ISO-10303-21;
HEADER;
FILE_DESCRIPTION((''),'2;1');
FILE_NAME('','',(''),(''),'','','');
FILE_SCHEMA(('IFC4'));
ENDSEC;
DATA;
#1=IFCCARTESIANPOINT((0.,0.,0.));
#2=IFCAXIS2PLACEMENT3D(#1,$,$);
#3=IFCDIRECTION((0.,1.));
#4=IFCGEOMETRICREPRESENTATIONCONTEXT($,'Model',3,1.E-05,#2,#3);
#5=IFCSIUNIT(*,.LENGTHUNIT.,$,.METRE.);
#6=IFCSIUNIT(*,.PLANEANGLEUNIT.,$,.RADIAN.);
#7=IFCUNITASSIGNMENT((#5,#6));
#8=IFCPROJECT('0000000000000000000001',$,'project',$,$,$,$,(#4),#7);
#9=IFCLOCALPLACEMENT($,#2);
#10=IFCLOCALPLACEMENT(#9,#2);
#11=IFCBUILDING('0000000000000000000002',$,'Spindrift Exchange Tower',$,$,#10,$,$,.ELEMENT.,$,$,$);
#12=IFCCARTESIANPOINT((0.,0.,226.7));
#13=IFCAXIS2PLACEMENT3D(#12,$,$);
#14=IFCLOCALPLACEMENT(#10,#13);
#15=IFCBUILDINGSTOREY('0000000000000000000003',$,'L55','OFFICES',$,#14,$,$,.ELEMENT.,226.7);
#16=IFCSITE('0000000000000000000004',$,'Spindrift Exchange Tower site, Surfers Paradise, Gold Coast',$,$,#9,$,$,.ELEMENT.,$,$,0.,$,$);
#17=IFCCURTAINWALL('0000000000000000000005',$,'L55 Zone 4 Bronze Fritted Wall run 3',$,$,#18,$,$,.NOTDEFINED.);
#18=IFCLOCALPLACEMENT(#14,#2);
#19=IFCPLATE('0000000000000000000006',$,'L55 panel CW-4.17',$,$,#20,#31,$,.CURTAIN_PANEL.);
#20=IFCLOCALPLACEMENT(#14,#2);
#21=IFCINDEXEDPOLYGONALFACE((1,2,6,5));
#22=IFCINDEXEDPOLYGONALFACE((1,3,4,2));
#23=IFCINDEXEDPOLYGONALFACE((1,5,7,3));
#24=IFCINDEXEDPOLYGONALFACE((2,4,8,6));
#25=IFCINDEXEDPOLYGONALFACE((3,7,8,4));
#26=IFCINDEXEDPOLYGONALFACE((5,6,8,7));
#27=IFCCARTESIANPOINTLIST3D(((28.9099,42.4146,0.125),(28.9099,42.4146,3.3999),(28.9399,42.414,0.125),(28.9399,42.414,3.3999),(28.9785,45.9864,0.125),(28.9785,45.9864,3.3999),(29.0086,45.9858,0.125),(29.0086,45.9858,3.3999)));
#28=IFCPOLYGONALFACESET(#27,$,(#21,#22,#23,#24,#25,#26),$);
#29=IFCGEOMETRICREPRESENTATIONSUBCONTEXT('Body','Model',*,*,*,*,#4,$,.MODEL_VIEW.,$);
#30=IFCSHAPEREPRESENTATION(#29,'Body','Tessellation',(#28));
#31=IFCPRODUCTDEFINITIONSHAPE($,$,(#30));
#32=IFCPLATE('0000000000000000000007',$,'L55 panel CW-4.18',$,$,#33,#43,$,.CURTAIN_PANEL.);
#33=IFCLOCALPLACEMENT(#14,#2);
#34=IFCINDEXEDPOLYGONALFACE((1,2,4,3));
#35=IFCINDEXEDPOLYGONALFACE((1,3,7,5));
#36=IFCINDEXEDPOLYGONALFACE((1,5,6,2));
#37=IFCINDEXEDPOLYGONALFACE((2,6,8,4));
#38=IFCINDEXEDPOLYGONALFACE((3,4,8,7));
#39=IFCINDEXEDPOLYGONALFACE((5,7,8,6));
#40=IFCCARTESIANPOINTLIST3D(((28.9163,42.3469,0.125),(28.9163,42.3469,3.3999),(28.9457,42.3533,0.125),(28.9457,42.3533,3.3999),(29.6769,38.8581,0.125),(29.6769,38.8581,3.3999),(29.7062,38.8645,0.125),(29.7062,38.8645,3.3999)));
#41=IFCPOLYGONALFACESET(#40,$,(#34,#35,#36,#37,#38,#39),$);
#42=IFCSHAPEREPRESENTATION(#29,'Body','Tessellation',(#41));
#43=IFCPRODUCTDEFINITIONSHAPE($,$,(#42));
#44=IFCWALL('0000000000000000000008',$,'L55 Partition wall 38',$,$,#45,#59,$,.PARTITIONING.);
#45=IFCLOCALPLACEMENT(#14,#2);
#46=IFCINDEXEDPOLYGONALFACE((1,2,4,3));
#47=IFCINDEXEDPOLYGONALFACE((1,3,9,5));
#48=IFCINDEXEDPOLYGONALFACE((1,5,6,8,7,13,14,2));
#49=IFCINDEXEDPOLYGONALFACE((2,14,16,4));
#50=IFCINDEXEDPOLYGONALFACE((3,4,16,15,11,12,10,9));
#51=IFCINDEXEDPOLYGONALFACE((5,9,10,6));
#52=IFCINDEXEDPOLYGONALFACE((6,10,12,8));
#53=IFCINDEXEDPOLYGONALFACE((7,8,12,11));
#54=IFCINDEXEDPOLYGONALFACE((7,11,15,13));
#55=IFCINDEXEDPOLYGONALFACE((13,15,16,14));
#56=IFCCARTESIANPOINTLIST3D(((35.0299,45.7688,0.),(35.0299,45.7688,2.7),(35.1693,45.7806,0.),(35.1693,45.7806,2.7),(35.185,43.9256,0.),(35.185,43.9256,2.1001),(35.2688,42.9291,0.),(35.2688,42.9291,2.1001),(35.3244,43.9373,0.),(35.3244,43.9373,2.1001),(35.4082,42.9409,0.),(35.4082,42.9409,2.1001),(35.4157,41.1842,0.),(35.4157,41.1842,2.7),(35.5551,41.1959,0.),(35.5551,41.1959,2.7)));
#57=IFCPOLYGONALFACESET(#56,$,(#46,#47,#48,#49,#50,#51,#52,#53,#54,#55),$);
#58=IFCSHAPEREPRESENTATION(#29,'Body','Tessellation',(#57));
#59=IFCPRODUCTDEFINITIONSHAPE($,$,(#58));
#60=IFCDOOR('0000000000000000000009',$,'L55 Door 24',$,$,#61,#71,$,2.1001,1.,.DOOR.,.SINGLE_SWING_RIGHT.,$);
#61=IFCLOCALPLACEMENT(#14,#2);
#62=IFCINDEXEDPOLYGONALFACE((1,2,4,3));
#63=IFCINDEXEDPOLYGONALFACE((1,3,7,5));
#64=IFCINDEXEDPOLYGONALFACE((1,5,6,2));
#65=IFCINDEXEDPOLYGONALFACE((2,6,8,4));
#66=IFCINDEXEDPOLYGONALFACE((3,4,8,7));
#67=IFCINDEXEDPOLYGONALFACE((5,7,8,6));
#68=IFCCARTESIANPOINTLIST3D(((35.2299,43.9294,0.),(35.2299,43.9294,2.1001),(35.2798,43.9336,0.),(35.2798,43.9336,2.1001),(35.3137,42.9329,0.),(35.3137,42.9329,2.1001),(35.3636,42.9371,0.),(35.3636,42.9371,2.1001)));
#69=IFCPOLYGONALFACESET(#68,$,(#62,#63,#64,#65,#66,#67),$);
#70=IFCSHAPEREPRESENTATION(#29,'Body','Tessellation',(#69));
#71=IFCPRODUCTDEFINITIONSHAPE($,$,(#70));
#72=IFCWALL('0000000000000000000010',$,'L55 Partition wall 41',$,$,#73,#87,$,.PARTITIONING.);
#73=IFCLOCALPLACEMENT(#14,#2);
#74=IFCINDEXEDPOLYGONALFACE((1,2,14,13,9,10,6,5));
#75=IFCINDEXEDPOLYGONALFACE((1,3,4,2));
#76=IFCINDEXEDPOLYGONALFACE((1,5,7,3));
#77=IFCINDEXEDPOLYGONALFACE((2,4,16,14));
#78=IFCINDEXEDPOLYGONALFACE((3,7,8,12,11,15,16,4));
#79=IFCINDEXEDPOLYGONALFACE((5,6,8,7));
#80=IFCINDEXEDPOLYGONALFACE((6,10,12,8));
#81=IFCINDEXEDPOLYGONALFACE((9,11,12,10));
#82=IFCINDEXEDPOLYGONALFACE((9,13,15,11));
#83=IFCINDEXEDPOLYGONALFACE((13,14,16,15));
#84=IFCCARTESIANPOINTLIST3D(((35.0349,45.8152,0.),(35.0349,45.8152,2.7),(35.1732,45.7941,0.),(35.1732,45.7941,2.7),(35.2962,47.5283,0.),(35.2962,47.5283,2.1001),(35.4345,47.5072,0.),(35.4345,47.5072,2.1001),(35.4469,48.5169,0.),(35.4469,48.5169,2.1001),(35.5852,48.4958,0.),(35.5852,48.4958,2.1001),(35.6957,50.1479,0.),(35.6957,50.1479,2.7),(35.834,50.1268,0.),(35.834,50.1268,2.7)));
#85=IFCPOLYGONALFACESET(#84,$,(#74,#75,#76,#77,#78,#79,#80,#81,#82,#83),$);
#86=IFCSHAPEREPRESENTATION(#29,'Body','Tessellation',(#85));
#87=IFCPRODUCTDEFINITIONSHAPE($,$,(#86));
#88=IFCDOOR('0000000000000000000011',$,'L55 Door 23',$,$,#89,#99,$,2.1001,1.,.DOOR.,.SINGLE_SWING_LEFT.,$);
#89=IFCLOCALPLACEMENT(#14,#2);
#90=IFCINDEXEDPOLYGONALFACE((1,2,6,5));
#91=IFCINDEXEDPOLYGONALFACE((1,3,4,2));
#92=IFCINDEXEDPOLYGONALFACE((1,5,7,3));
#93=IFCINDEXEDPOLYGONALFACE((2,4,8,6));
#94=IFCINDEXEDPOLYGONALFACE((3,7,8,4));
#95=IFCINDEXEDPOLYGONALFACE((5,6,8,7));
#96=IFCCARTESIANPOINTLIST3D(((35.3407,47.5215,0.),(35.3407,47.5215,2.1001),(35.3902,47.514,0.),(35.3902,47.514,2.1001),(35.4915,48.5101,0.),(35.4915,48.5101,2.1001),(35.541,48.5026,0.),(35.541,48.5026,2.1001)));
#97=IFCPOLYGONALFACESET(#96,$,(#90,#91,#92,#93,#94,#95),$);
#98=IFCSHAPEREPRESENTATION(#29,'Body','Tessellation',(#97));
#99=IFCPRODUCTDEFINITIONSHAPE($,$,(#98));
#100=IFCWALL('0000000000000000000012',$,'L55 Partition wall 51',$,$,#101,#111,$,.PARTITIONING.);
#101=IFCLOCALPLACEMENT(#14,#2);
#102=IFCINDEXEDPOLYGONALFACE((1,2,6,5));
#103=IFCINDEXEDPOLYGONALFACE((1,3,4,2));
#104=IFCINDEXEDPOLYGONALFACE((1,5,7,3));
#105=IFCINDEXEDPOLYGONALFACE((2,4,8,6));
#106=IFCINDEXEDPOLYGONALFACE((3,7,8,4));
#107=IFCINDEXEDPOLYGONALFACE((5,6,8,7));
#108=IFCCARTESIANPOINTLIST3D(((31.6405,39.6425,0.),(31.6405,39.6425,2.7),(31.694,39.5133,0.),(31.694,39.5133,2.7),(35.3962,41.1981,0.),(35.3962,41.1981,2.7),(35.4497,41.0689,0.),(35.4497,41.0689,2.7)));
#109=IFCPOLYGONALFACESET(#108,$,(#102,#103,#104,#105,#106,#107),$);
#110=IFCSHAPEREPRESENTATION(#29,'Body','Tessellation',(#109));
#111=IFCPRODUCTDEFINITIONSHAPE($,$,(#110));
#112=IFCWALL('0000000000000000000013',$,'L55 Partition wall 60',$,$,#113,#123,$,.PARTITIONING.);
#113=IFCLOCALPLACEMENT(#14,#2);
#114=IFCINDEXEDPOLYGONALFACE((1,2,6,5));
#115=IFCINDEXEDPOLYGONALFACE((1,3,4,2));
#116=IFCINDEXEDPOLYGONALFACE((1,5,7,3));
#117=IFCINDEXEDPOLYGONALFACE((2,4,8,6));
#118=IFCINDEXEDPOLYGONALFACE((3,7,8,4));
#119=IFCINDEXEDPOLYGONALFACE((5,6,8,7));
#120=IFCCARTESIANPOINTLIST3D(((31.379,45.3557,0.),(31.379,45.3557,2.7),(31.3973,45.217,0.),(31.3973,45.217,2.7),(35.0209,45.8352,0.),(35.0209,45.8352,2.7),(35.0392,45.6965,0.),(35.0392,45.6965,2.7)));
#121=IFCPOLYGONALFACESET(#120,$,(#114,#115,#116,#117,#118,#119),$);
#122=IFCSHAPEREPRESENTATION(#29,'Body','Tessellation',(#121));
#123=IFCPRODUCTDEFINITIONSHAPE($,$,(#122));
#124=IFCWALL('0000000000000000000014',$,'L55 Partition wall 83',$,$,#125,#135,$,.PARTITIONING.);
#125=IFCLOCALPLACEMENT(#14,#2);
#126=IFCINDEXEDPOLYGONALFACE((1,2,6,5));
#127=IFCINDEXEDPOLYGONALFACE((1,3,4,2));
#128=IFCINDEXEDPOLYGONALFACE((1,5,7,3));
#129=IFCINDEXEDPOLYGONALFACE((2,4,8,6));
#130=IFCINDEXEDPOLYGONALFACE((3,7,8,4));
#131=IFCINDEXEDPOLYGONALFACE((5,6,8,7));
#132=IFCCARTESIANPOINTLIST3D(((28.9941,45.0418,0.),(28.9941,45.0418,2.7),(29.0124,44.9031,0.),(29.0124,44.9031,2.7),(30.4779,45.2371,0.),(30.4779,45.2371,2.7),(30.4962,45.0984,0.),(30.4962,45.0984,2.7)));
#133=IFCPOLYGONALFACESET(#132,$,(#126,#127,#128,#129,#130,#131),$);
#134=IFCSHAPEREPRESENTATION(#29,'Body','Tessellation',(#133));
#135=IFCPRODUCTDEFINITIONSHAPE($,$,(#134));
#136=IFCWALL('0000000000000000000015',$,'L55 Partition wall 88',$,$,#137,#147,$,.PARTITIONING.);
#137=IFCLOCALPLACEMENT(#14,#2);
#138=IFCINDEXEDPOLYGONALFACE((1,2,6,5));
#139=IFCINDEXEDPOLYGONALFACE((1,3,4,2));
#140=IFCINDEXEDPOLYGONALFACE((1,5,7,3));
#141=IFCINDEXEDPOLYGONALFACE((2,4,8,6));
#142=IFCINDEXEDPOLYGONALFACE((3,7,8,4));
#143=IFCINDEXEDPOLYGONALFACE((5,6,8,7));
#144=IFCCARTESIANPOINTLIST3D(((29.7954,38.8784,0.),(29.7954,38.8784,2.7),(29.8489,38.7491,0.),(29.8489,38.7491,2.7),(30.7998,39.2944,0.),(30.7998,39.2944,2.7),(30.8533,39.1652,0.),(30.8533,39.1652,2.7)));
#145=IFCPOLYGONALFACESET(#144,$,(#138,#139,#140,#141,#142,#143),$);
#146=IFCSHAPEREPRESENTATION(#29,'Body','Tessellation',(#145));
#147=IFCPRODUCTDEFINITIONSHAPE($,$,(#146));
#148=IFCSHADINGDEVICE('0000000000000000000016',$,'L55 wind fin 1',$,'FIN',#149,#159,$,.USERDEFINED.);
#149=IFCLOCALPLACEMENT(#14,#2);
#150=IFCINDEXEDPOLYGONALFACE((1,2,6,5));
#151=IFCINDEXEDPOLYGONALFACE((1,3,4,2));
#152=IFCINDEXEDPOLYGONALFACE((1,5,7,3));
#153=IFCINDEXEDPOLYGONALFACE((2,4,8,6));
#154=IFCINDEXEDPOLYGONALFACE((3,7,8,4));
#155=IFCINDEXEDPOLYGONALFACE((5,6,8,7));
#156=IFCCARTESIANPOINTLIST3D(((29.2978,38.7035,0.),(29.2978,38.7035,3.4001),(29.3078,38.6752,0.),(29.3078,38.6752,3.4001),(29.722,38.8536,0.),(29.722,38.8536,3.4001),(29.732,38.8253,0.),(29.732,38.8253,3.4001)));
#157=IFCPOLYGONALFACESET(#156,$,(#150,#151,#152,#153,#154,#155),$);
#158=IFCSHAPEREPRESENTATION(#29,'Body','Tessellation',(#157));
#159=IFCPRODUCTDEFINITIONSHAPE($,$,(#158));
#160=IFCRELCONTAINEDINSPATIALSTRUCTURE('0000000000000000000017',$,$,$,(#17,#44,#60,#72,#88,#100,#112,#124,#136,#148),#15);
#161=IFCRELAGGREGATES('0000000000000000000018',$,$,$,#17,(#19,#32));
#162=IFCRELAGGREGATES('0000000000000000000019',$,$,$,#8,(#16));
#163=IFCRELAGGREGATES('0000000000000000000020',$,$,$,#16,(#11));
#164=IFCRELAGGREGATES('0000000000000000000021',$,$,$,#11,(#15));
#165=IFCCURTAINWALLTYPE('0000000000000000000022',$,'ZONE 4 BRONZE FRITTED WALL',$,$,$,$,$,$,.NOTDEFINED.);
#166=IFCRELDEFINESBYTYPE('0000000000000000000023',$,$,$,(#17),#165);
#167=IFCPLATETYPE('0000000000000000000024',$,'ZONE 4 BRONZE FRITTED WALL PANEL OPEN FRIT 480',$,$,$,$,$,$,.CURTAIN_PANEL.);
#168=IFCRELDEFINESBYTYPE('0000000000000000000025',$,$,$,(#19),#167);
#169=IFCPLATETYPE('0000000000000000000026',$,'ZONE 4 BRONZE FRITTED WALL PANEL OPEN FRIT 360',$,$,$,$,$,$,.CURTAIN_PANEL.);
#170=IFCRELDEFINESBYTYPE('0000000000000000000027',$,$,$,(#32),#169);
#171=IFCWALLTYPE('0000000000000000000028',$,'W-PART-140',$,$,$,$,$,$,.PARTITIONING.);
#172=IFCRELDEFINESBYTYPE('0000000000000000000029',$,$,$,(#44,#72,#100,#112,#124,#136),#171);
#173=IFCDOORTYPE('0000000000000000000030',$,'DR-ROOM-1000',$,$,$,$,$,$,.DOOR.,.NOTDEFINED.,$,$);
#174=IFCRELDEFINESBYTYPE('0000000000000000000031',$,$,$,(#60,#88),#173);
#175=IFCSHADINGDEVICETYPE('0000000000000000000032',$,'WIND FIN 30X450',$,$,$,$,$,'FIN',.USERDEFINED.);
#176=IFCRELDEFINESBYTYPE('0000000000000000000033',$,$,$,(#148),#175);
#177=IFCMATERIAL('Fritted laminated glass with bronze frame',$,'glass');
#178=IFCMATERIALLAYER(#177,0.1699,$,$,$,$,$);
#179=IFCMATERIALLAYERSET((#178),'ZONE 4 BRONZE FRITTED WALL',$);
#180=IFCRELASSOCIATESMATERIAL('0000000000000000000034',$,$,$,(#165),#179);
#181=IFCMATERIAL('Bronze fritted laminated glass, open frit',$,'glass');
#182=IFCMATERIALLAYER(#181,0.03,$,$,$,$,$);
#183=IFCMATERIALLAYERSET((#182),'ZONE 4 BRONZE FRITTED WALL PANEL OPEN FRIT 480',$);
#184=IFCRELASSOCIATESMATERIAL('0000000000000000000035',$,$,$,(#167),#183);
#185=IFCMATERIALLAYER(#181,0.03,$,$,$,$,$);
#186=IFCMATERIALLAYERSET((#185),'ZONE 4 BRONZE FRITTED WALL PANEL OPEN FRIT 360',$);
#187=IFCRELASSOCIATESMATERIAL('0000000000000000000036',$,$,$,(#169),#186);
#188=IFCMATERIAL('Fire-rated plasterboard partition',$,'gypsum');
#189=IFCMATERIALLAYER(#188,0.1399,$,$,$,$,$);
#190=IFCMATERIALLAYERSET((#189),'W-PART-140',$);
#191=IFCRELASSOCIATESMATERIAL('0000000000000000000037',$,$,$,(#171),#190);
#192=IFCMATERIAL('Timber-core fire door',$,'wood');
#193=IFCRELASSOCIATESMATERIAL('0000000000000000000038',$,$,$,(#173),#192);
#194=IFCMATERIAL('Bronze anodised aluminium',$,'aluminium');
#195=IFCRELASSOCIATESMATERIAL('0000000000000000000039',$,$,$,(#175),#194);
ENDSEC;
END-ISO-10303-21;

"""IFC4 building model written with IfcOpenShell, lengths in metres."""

from ifc_helpers import new_model, si_unit, direction, frame, frame_2d, origin, origin_2d, place, context, subcontext, project, spatial, rectangle, extrude, source, transform, mapped, material, layer, layer_set, material_profile, profile_set, type_object, element, fill, aggregate, save


model = new_model("IFC4")

# Units and contexts
model_context = context("Model", 3, precision=1e-05, world=origin(), true_north=direction((0.0, 1.0)))
body_context = subcontext(model_context, "Body", "Model", "MODEL_VIEW")
ifc_project = project(units=[si_unit("LENGTHUNIT", "METRE"), si_unit("PLANEANGLEUNIT", "RADIAN")], contexts=[model_context])

# Site, building, storey
site_placement = place(None, origin())
site = spatial("IfcSite", under=ifc_project, at=site_placement, Name="Spindrift Exchange Tower site, Surfers Paradise, Gold Coast", CompositionType="ELEMENT", RefElevation=0.0)
building_placement = place(site_placement, origin())
building = spatial("IfcBuilding", under=site, at=building_placement, Name="Spindrift Exchange Tower", CompositionType="ELEMENT")
storey_placement = place(building_placement, frame((0.0, 0.0, 226.7)))
storey = spatial("IfcBuildingStorey", under=building, at=storey_placement, Name="L55", Description="OFFICES", CompositionType="ELEMENT", Elevation=226.7)

# Curtain wall
ifc_material_1 = material(Name="Fritted laminated glass with bronze frame", Category="glass")
ifc_layer_1 = layer(ifc_material_1, 0.1699)
ifc_layer_set_1 = layer_set([ifc_layer_1], Name="ZONE 4 BRONZE FRITTED WALL")
curtain_wall_type = type_object("IfcCurtainWallType", Name="ZONE 4 BRONZE FRITTED WALL", PredefinedType="NOTDEFINED", material=ifc_layer_set_1)
curtain_wall_1_placement = place(storey_placement, origin())
curtain_wall_1 = element("IfcCurtainWall", 1, at=curtain_wall_1_placement, inside=storey, type_object=curtain_wall_type, Name="L55 Zone 4 Bronze Fritted Wall run 3", PredefinedType="NOTDEFINED")
ifc_material_2 = material(Name="Bronze anodised aluminium", Category="aluminium")

# Plates
ifc_material_3 = material(Name="Bronze fritted laminated glass, open frit", Category="glass")
ifc_layer_2 = layer(ifc_material_3, 0.03)
ifc_layer_set_2 = layer_set([ifc_layer_2], Name="ZONE 4 BRONZE FRITTED WALL PANEL OPEN FRIT 480")
plate_type_1 = type_object("IfcPlateType", Name="ZONE 4 BRONZE FRITTED WALL PANEL OPEN FRIT 480", PredefinedType="CURTAIN_PANEL", material=ifc_layer_set_2)
shared_shape_1 = source(origin(), body_context, "Body", "SweptSolid", [
    extrude(rectangle(XDim=3.5725, YDim=0.03, at=origin_2d()), origin(), (0.0, 0.0, 1.0), 3.2749),
])
plate_1_placement = place(storey_placement, frame((28.9592, 44.2002, 0.125), z_axis=(0.0, 0.0, 1.0), x_axis=(-0.019217, -0.999815, 0.0)))
plate_1 = element("IfcPlate", 2, at=plate_1_placement, type_object=plate_type_1, Name="L55 panel CW-4.17", PredefinedType="CURTAIN_PANEL", context=body_context, shape_type="MappedRepresentation", body=[
    mapped(shared_shape_1, transform((0.0, 0.0, 0.0), scale=1.0)),
])
ifc_layer_3 = layer(ifc_material_3, 0.03)
ifc_layer_set_3 = layer_set([ifc_layer_3], Name="ZONE 4 BRONZE FRITTED WALL PANEL OPEN FRIT 360")
plate_type_2 = type_object("IfcPlateType", Name="ZONE 4 BRONZE FRITTED WALL PANEL OPEN FRIT 360", PredefinedType="CURTAIN_PANEL", material=ifc_layer_set_3)
shared_shape_2 = source(origin(), body_context, "Body", "SweptSolid", [
    extrude(rectangle(XDim=3.5708, YDim=0.03, at=origin_2d()), origin(), (0.0, 0.0, 1.0), 3.2749),
])
plate_2_placement = place(storey_placement, frame((29.3113, 40.6057, 0.125), z_axis=(0.0, 0.0, 1.0), x_axis=(0.212996, -0.977053, 0.0)))
plate_2 = element("IfcPlate", 3, at=plate_2_placement, type_object=plate_type_2, Name="L55 panel CW-4.18", PredefinedType="CURTAIN_PANEL", context=body_context, shape_type="MappedRepresentation", body=[
    mapped(shared_shape_2, transform((0.0, 0.0, 0.0), scale=1.0)),
])
aggregate(curtain_wall_1, [plate_1, plate_2])

# Walls, openings, doors
ifc_material_4 = material(Name="Fire-rated plasterboard partition", Category="gypsum")
ifc_layer_4 = layer(ifc_material_4, 0.1399)
ifc_layer_set_4 = layer_set([ifc_layer_4], Name="W-PART-140")
wall_type = type_object("IfcWallType", Name="W-PART-140", PredefinedType="PARTITIONING", material=ifc_layer_set_4)
wall_1_placement = place(storey_placement, frame((35.4854, 41.1902, 0.0), z_axis=(0.0, 0.0, 1.0), x_axis=(-0.08384, 0.996479, 0.0)))
wall_1 = element("IfcWall", 4, at=wall_1_placement, inside=storey, type_object=wall_type, Name="L55 Partition wall 38", PredefinedType="PARTITIONING", context=body_context, shape_type="SweptSolid", body=[
    extrude(rectangle(XDim=4.6008, YDim=0.1399, at=frame_2d((2.3003, 0.0))), origin(), (0.0, 0.0, 1.0), 2.7),
])
opening_1_placement = place(wall_1_placement, frame((1.751, 0.0, 0.0)))
opening_1 = element("IfcOpeningElement", 5, at=opening_1_placement, cuts=wall_1, PredefinedType="OPENING", context=body_context, shape_type="SweptSolid", body=[
    extrude(rectangle(XDim=1.0, YDim=2.1001, at=frame_2d((0.5, 1.05))), frame((0.0, 0.0798, 0.0), z_axis=(0.0, -1.0, 0.0), x_axis=(1.0, 0.0, 0.0)), (0.0, 0.0, 1.0), 0.1599),
])
ifc_material_5 = material(Name="Timber-core fire door", Category="wood")
door_type = type_object("IfcDoorType", Name="DR-ROOM-1000", OperationType="NOTDEFINED", PredefinedType="DOOR", material=ifc_material_5)
shared_shape_3 = source(origin(), body_context, "Body", "SweptSolid", [
    extrude(rectangle(XDim=1.0, YDim=2.1001, at=frame_2d((0.5, 1.05))), frame((0.0, 0.0249, 0.0), z_axis=(0.0, -1.0, 0.0), x_axis=(1.0, 0.0, 0.0)), (0.0, 0.0, 1.0), 0.05),
])
door_1_placement = place(opening_1_placement, origin())
door_1 = element("IfcDoor", 6, at=door_1_placement, inside=storey, type_object=door_type, Name="L55 Door 24", OperationType="SINGLE_SWING_RIGHT", OverallHeight=2.1001, OverallWidth=1.0, PredefinedType="DOOR", context=body_context, shape_type="MappedRepresentation", body=[
    mapped(shared_shape_3, transform((0.0, 0.0, 0.0), scale=1.0)),
])
fill(opening_1, door_1)
wall_2_placement = place(storey_placement, frame((35.104, 45.8047, 0.0), z_axis=(0.0, 0.0, 1.0), x_axis=(0.150789, 0.988566, 0.0)))
wall_2 = element("IfcWall", 7, at=wall_2_placement, inside=storey, type_object=wall_type, Name="L55 Partition wall 41", PredefinedType="PARTITIONING", context=body_context, shape_type="SweptSolid", body=[
    extrude(rectangle(XDim=4.3828, YDim=0.1399, at=frame_2d((2.1914, 0.0))), origin(), (0.0, 0.0, 1.0), 2.7),
])
opening_2_placement = place(wall_2_placement, frame((1.7329, 0.0, 0.0)))
opening_2 = element("IfcOpeningElement", 8, at=opening_2_placement, cuts=wall_2, PredefinedType="OPENING", context=body_context, shape_type="SweptSolid", body=[
    extrude(rectangle(XDim=1.0, YDim=2.1001, at=frame_2d((0.5, 1.05))), frame((0.0, 0.0798, 0.0), z_axis=(0.0, -1.0, 0.0), x_axis=(1.0, 0.0, 0.0)), (0.0, 0.0, 1.0), 0.1599),
])
door_2_placement = place(opening_2_placement, origin())
door_2 = element("IfcDoor", 9, at=door_2_placement, inside=storey, type_object=door_type, Name="L55 Door 23", OperationType="SINGLE_SWING_LEFT", OverallHeight=2.1001, OverallWidth=1.0, PredefinedType="DOOR", context=body_context, shape_type="MappedRepresentation", body=[
    mapped(shared_shape_3, transform((0.0, 0.0, 0.0), scale=1.0)),
])
fill(opening_2, door_2)

# Walls
wall_3_placement = place(storey_placement, frame((35.4231, 41.1335, 0.0), z_axis=(0.0, 0.0, 1.0), x_axis=(-0.923885, -0.38267, 0.0)))
element("IfcWall", 10, at=wall_3_placement, inside=storey, type_object=wall_type, Name="L55 Partition wall 51", PredefinedType="PARTITIONING", context=body_context, shape_type="SweptSolid", body=[
    extrude(rectangle(XDim=4.0652, YDim=0.1399, at=frame_2d((2.0327, 0.0))), origin(), (0.0, 0.0, 1.0), 2.7),
])
wall_4_placement = place(storey_placement, frame((35.03, 45.7659, 0.0), z_axis=(0.0, 0.0, 1.0), x_axis=(-0.991444, -0.130535, 0.0)))
element("IfcWall", 11, at=wall_4_placement, inside=storey, type_object=wall_type, Name="L55 Partition wall 60", PredefinedType="PARTITIONING", context=body_context, shape_type="SweptSolid", body=[
    extrude(rectangle(XDim=3.6733, YDim=0.1399, at=frame_2d((1.8367, 0.0))), origin(), (0.0, 0.0, 1.0), 2.7),
])
wall_5_placement = place(storey_placement, frame((30.4871, 45.1677, 0.0), z_axis=(0.0, 0.0, 1.0), x_axis=(-0.991449, -0.130497, 0.0)))
element("IfcWall", 12, at=wall_5_placement, inside=storey, type_object=wall_type, Name="L55 Partition wall 83", PredefinedType="PARTITIONING", context=body_context, shape_type="SweptSolid", body=[
    extrude(rectangle(XDim=1.4966, YDim=0.1399, at=frame_2d((0.7483, 0.0))), origin(), (0.0, 0.0, 1.0), 2.7),
])
wall_6_placement = place(storey_placement, frame((30.8264, 39.2297, 0.0), z_axis=(0.0, 0.0, 1.0), x_axis=(-0.923885, -0.382669, 0.0)))
element("IfcWall", 13, at=wall_6_placement, inside=storey, type_object=wall_type, Name="L55 Partition wall 88", PredefinedType="PARTITIONING", context=body_context, shape_type="SweptSolid", body=[
    extrude(rectangle(XDim=1.0872, YDim=0.1399, at=frame_2d((0.5435, 0.0))), origin(), (0.0, 0.0, 1.0), 2.7),
])

# Shading device
ifc_material_profile_1 = material_profile(ifc_material_2, rectangle(XDim=0.03, YDim=0.45, at=origin_2d()), Name="WIND FIN 30X450")
ifc_profile_set_1 = profile_set([ifc_material_profile_1], Name="Bronze anodised aluminium")
shading_device_type = type_object("IfcShadingDeviceType", Name="WIND FIN 30X450", ElementType="FIN", PredefinedType="USERDEFINED", material=ifc_profile_set_1)
shared_shape_4 = source(origin(), body_context, "Body", "SweptSolid", [
    extrude(rectangle(XDim=0.03, YDim=0.45, at=origin_2d()), origin(), (0.0, 0.0, 1.0), 3.4001),
])
shading_device_placement = place(storey_placement, frame((29.5149, 38.7644, 0.0), z_axis=(0.0, 0.0, 1.0), x_axis=(0.333585, -0.94272, 0.0)))
element("IfcShadingDevice", 14, at=shading_device_placement, inside=storey, type_object=shading_device_type, Name="L55 wind fin 1", ObjectType="FIN", PredefinedType="USERDEFINED", context=body_context, shape_type="MappedRepresentation", body=[
    mapped(shared_shape_4, transform((0.0, 0.0, 0.0), scale=1.0)),
])

save(model, "model.ifc")
